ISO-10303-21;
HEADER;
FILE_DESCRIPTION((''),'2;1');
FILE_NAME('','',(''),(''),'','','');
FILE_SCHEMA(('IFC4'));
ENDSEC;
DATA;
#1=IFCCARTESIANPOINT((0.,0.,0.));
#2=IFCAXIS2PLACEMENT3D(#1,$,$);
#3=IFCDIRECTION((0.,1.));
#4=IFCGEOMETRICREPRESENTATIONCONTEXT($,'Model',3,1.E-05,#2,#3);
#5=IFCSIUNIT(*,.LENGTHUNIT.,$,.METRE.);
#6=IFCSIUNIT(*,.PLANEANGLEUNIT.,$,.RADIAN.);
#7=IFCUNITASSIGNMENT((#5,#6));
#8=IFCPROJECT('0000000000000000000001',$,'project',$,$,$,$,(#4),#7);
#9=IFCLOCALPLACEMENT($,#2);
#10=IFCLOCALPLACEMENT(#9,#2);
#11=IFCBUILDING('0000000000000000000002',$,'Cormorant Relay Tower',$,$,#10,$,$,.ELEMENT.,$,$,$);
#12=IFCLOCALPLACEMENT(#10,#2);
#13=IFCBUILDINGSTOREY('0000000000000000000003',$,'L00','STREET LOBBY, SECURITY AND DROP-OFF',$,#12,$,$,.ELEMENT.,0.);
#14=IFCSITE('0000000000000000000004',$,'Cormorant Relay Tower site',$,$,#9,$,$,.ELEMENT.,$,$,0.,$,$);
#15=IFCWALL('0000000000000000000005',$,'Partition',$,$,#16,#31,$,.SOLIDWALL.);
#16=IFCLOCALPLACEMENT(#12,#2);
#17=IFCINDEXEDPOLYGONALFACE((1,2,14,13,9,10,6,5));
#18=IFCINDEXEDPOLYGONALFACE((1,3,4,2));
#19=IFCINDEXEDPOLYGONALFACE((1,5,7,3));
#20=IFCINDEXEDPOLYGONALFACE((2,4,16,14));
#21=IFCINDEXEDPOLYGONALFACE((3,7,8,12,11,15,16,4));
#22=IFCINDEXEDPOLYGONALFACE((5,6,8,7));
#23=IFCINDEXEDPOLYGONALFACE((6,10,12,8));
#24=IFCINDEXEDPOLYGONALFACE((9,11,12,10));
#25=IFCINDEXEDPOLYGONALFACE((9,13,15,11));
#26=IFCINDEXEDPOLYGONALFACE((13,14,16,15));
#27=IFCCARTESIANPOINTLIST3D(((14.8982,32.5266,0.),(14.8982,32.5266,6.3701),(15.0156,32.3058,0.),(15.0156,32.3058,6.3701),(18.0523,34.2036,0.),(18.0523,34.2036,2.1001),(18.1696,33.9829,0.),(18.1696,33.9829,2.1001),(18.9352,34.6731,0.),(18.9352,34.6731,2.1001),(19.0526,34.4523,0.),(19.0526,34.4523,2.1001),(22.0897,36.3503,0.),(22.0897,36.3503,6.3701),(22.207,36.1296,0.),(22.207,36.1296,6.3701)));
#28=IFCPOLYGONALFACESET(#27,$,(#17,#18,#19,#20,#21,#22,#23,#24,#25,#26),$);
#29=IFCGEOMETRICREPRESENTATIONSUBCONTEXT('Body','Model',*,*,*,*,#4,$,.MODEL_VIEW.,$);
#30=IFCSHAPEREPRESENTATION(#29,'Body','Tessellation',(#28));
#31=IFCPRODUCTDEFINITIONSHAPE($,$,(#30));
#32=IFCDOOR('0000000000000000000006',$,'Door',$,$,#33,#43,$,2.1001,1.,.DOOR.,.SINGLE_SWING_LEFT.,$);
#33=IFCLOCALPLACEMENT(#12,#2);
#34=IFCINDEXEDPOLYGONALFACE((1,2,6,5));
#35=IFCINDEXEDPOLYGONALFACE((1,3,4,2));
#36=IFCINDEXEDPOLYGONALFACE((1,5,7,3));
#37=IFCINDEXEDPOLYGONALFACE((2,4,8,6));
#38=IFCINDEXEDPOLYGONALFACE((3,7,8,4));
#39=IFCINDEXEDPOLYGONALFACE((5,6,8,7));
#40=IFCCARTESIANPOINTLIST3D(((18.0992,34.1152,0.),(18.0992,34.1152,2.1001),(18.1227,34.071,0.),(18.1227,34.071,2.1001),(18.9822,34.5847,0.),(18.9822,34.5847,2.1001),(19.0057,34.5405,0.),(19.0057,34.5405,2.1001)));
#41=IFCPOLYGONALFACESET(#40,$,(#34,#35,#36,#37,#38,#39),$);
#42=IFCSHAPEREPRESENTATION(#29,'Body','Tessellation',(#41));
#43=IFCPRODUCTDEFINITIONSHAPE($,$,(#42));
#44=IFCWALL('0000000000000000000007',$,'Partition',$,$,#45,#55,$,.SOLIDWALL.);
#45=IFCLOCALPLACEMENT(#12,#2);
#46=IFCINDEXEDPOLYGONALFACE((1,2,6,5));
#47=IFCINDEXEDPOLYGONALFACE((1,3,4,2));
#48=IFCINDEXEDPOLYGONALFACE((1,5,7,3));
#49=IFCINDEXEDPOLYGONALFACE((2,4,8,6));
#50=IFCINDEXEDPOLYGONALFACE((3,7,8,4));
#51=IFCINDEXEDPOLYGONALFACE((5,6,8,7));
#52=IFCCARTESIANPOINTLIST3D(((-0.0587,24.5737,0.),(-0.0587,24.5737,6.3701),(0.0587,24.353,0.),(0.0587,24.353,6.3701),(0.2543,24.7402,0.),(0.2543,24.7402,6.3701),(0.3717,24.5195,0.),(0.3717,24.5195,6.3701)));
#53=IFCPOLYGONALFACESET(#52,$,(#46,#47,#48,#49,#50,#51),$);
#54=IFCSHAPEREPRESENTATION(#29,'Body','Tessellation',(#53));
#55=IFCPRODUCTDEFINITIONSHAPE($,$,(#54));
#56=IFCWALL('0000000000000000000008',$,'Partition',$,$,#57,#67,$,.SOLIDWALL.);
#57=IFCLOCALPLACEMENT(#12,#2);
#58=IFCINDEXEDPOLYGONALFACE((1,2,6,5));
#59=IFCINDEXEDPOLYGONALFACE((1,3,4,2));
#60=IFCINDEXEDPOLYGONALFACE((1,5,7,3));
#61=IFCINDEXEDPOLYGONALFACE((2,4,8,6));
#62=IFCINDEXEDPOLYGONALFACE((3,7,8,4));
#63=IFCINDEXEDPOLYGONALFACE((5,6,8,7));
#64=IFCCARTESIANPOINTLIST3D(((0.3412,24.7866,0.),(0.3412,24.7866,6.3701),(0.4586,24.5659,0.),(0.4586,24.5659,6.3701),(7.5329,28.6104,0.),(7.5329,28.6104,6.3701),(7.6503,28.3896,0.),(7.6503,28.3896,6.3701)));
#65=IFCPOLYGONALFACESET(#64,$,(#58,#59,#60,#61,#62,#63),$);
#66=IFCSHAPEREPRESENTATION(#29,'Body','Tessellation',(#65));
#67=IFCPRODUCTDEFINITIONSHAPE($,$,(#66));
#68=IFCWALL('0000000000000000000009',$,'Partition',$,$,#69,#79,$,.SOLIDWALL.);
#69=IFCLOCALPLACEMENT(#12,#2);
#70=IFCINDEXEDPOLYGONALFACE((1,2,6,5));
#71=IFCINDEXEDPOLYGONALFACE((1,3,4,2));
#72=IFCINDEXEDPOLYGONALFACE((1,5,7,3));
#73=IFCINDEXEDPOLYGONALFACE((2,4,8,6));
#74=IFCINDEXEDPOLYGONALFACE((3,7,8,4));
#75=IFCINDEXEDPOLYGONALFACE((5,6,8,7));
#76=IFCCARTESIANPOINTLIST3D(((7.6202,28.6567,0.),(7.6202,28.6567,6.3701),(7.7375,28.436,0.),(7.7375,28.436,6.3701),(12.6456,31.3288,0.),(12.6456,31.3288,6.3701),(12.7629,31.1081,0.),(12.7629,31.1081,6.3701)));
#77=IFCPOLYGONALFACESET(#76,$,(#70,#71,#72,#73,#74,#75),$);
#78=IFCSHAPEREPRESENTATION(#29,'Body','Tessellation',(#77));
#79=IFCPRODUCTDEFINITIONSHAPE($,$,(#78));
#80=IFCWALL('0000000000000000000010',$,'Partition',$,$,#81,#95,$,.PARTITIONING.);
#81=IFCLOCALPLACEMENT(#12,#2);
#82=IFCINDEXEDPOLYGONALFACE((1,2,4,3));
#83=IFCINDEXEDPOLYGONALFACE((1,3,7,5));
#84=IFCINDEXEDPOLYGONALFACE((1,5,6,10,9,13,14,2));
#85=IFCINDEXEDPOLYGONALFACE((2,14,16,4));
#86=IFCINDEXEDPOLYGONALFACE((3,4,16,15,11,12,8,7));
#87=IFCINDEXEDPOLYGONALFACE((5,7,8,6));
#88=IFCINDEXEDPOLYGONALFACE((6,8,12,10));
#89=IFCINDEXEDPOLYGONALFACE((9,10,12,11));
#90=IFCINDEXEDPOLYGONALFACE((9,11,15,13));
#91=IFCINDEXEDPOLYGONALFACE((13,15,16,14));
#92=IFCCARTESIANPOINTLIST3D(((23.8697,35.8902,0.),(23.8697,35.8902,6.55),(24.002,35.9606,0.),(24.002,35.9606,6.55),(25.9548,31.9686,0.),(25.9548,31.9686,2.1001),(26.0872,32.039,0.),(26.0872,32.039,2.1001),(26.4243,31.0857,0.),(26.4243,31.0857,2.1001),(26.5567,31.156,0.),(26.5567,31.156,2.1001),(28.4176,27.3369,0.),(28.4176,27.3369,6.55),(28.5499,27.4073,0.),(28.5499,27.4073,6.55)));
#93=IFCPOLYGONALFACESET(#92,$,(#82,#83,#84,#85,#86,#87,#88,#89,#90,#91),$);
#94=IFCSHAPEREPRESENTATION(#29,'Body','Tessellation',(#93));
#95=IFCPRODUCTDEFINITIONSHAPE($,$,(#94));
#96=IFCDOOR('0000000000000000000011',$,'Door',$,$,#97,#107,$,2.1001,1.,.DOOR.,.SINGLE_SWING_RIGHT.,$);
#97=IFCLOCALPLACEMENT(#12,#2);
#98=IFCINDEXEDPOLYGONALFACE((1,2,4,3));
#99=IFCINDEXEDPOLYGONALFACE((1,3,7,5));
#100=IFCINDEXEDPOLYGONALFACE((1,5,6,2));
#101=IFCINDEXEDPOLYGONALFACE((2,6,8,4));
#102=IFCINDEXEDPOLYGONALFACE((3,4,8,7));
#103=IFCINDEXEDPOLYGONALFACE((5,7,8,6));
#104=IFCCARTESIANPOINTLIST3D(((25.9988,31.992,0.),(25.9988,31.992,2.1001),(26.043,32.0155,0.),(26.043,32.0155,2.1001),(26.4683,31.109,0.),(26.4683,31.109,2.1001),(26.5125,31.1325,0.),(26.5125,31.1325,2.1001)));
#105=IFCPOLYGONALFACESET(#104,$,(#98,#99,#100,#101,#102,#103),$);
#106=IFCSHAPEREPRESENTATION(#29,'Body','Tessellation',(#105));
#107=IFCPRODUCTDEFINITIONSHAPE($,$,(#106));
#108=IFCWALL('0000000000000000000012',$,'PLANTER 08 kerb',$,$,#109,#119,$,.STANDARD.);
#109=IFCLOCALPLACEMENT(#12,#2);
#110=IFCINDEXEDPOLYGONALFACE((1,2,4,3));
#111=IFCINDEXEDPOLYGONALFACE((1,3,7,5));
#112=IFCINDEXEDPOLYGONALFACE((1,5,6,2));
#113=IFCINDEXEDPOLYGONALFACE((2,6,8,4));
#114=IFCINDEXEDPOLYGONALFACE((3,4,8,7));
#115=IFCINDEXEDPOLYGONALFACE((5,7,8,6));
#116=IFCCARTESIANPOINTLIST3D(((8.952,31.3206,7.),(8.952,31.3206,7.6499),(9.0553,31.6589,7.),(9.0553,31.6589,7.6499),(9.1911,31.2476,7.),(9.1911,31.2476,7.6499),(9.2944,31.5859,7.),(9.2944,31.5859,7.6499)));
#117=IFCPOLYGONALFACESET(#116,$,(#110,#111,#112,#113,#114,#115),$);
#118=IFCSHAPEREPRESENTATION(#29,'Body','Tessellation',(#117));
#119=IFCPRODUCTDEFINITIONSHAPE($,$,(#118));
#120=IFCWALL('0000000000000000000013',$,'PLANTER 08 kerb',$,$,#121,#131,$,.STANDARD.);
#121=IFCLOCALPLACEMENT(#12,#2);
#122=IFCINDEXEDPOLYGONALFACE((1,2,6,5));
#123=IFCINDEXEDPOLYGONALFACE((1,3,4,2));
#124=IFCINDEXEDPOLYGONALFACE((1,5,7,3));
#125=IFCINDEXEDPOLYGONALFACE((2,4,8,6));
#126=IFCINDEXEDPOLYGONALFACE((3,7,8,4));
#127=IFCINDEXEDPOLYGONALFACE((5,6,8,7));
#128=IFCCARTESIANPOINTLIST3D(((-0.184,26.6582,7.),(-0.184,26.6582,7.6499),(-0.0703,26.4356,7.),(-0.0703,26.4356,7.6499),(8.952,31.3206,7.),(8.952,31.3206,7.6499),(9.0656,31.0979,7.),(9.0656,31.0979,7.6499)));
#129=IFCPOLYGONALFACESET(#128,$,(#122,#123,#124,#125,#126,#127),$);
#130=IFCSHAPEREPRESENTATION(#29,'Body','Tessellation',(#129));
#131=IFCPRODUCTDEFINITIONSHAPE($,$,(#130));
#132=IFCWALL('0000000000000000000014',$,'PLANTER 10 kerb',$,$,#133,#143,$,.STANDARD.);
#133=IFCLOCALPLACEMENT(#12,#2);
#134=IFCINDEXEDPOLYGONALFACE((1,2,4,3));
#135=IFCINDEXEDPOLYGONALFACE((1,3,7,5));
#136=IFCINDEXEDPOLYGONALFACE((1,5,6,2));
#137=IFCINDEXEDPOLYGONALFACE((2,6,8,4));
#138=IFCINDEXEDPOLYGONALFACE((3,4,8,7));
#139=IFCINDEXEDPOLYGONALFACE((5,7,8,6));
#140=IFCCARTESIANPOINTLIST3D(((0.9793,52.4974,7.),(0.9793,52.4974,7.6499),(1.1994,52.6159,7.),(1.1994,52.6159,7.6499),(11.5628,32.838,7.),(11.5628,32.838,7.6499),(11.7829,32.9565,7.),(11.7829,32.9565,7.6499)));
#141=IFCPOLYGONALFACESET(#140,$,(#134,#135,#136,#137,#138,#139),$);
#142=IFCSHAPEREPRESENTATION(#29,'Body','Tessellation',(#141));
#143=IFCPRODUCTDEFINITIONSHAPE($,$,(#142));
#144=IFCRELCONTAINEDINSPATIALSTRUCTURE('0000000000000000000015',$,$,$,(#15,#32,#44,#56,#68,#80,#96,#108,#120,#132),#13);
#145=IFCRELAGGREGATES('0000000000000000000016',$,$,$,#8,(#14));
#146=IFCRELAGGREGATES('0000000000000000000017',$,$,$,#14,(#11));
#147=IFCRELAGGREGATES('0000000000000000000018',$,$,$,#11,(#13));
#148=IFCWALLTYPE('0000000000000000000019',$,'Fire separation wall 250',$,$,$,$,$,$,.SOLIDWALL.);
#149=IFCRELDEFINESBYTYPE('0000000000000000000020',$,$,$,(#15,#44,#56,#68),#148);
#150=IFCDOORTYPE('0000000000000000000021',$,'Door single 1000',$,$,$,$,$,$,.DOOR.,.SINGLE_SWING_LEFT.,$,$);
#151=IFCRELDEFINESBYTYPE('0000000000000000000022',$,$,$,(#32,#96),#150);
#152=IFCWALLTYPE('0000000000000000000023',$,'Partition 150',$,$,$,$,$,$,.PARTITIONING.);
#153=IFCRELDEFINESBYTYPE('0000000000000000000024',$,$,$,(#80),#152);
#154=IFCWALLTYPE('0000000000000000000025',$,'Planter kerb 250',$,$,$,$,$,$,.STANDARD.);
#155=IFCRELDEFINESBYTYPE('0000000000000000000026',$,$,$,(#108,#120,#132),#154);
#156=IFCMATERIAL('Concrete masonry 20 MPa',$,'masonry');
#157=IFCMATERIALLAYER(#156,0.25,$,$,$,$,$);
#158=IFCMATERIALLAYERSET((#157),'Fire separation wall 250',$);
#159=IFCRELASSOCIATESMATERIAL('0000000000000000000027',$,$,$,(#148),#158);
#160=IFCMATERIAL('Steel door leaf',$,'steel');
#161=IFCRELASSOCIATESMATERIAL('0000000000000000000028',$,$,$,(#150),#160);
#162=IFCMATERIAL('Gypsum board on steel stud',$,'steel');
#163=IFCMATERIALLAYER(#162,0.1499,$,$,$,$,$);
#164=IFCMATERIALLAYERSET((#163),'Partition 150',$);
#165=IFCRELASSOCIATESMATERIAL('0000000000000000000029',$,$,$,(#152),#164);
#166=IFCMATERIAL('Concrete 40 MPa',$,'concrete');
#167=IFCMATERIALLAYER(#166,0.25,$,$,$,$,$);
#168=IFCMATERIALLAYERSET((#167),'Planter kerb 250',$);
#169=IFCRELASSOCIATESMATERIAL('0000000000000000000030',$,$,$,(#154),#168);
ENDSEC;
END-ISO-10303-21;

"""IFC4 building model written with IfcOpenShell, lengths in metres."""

from ifc_helpers import new_model, si_unit, direction, frame, frame_2d, origin, place, context, subcontext, project, spatial, rectangle, extrude, material, layer, layer_set, type_object, element, fill, save


model = new_model("IFC4")

# Units and contexts
model_context = context("Model", 3, precision=1e-05, world=origin(), true_north=direction((0.0, 1.0)))
body_context = subcontext(model_context, "Body", "Model", "MODEL_VIEW")
ifc_project = project(units=[si_unit("LENGTHUNIT", "METRE"), si_unit("PLANEANGLEUNIT", "RADIAN")], contexts=[model_context])

# Site, building, storey
site_placement = place(None, origin())
site = spatial("IfcSite", under=ifc_project, at=site_placement, Name="Cormorant Relay Tower site", CompositionType="ELEMENT", RefElevation=0.0)
building_placement = place(site_placement, origin())
building = spatial("IfcBuilding", under=site, at=building_placement, Name="Cormorant Relay Tower", CompositionType="ELEMENT")
storey_placement = place(building_placement, origin())
storey = spatial("IfcBuildingStorey", under=building, at=storey_placement, Name="L00", Description="STREET LOBBY, SECURITY AND DROP-OFF", CompositionType="ELEMENT", Elevation=0.0)

# Shared definitions
ifc_material_1 = material(Name="Concrete masonry 20 MPa", Category="masonry")
ifc_layer_1 = layer(ifc_material_1, 0.25)
ifc_layer_set_1 = layer_set([ifc_layer_1], Name="Fire separation wall 250")
wall_type_1 = type_object("IfcWallType", Name="Fire separation wall 250", PredefinedType="SOLIDWALL", material=ifc_layer_set_1)

# Wall, opening, door
wall_1_placement = place(storey_placement, frame((14.957, 32.4163, 0.0), z_axis=(0.0, 0.0, 1.0), x_axis=(0.882948, 0.469471, 0.0)))
wall_1 = element("IfcWall", 1, at=wall_1_placement, inside=storey, type_object=wall_type_1, Name="Partition", PredefinedType="SOLIDWALL", context=body_context, shape_type="SweptSolid", body=[
    extrude(rectangle(XDim=8.1448, YDim=0.25, at=frame_2d((4.0723, 0.0))), origin(), (0.0, 0.0, 1.0), 6.3701),
])
opening_1_placement = place(wall_1_placement, frame((3.572, 0.0, 0.0)))
opening_1 = element("IfcOpeningElement", 2, at=opening_1_placement, cuts=wall_1, PredefinedType="OPENING", context=body_context, shape_type="SweptSolid", body=[
    extrude(rectangle(XDim=1.0, YDim=2.1001, at=frame_2d((0.5, 1.05))), frame((0.0, 0.135, 0.0), z_axis=(0.0, -1.0, 0.0), x_axis=(1.0, 0.0, 0.0)), (0.0, 0.0, 1.0), 0.27),
])
ifc_material_2 = material(Name="Steel door leaf", Category="steel")
door_type = type_object("IfcDoorType", Name="Door single 1000", OperationType="SINGLE_SWING_LEFT", PredefinedType="DOOR", material=ifc_material_2)
door_1_placement = place(opening_1_placement, origin())
door_1 = element("IfcDoor", 3, at=door_1_placement, inside=storey, type_object=door_type, Name="Door", OperationType="SINGLE_SWING_LEFT", OverallHeight=2.1001, OverallWidth=1.0, PredefinedType="DOOR", context=body_context, shape_type="SweptSolid", body=[
    extrude(rectangle(XDim=1.0, YDim=2.1001, at=frame_2d((0.5, 1.05))), frame((0.0, 0.0249, 0.0), z_axis=(0.0, -1.0, 0.0), x_axis=(1.0, 0.0, 0.0)), (0.0, 0.0, 1.0), 0.05),
])
fill(opening_1, door_1)

# Walls
wall_2_placement = place(storey_placement, frame((0.0, 24.4634, 0.0), z_axis=(0.0, 0.0, 1.0), x_axis=(0.882848, 0.469659, 0.0)))
element("IfcWall", 4, at=wall_2_placement, inside=storey, type_object=wall_type_1, Name="Partition", PredefinedType="SOLIDWALL", context=body_context, shape_type="SweptSolid", body=[
    extrude(rectangle(XDim=0.3545, YDim=0.25, at=frame_2d((0.1772, 0.0))), origin(), (0.0, 0.0, 1.0), 6.3701),
])
wall_3_placement = place(storey_placement, frame((0.3999, 24.6763, 0.0), z_axis=(0.0, 0.0, 1.0), x_axis=(0.882955, 0.469458, 0.0)))
element("IfcWall", 5, at=wall_3_placement, inside=storey, type_object=wall_type_1, Name="Partition", PredefinedType="SOLIDWALL", context=body_context, shape_type="SweptSolid", body=[
    extrude(rectangle(XDim=8.145, YDim=0.25, at=frame_2d((4.0725, 0.0))), origin(), (0.0, 0.0, 1.0), 6.3701),
])
wall_4_placement = place(storey_placement, frame((7.679, 28.5464, 0.0), z_axis=(0.0, 0.0, 1.0), x_axis=(0.882942, 0.469481, 0.0)))
element("IfcWall", 6, at=wall_4_placement, inside=storey, type_object=wall_type_1, Name="Partition", PredefinedType="SOLIDWALL", context=body_context, shape_type="SweptSolid", body=[
    extrude(rectangle(XDim=5.6917, YDim=0.25, at=frame_2d((2.8457, 0.0))), origin(), (0.0, 0.0, 1.0), 6.3701),
])

# Wall, opening, door
ifc_material_3 = material(Name="Gypsum board on steel stud", Category="steel")
ifc_layer_2 = layer(ifc_material_3, 0.1499)
ifc_layer_set_2 = layer_set([ifc_layer_2], Name="Partition 150")
wall_type_2 = type_object("IfcWallType", Name="Partition 150", PredefinedType="PARTITIONING", material=ifc_layer_set_2)
wall_5_placement = place(storey_placement, frame((23.9358, 35.9255, 0.0), z_axis=(0.0, 0.0, 1.0), x_axis=(0.469473, -0.882947, 0.0)))
wall_5 = element("IfcWall", 7, at=wall_5_placement, inside=storey, type_object=wall_type_2, Name="Partition", PredefinedType="PARTITIONING", context=body_context, shape_type="SweptSolid", body=[
    extrude(rectangle(XDim=9.6873, YDim=0.1499, at=frame_2d((4.8438, 0.0))), origin(), (0.0, 0.0, 1.0), 6.55),
])
opening_2_placement = place(wall_5_placement, frame((4.4417, 0.0, 0.0)))
opening_2 = element("IfcOpeningElement", 8, at=opening_2_placement, cuts=wall_5, PredefinedType="OPENING", context=body_context, shape_type="SweptSolid", body=[
    extrude(rectangle(XDim=1.0, YDim=2.1001, at=frame_2d((0.5, 1.05))), frame((0.0, 0.085, 0.0), z_axis=(0.0, -1.0, 0.0), x_axis=(1.0, 0.0, 0.0)), (0.0, 0.0, 1.0), 0.1699),
])
door_2_placement = place(opening_2_placement, origin())
door_2 = element("IfcDoor", 9, at=door_2_placement, inside=storey, type_object=door_type, Name="Door", OperationType="SINGLE_SWING_RIGHT", OverallHeight=2.1001, OverallWidth=1.0, PredefinedType="DOOR", context=body_context, shape_type="SweptSolid", body=[
    extrude(rectangle(XDim=1.0, YDim=2.1001, at=frame_2d((0.5, 1.05))), frame((0.0, 0.0249, 0.0), z_axis=(0.0, -1.0, 0.0), x_axis=(1.0, 0.0, 0.0)), (0.0, 0.0, 1.0), 0.05),
])
fill(opening_2, door_2)

# Walls
ifc_material_4 = material(Name="Concrete 40 MPa", Category="concrete")
ifc_layer_3 = layer(ifc_material_4, 0.25)
ifc_layer_set_3 = layer_set([ifc_layer_3], Name="Planter kerb 250")
wall_type_3 = type_object("IfcWallType", Name="Planter kerb 250", PredefinedType="STANDARD", material=ifc_layer_set_3)
wall_6_placement = place(storey_placement, frame((9.1748, 31.6223, 7.0), z_axis=(0.0, 0.0, 1.0), x_axis=(-0.291903, -0.956448, 0.0)))
element("IfcWall", 10, at=wall_6_placement, inside=storey, type_object=wall_type_3, Name="PLANTER 08 kerb", PredefinedType="STANDARD", context=body_context, shape_type="SweptSolid", body=[
    extrude(rectangle(XDim=0.3538, YDim=0.25, at=frame_2d((0.1768, 0.0))), origin(), (0.0, 0.0, 1.0), 0.6499),
])
wall_7_placement = place(storey_placement, frame((9.0088, 31.2092, 7.0), z_axis=(0.0, 0.0, 1.0), x_axis=(-0.890717, -0.454558, 0.0)))
element("IfcWall", 11, at=wall_7_placement, inside=storey, type_object=wall_type_3, Name="PLANTER 08 kerb", PredefinedType="STANDARD", context=body_context, shape_type="SweptSolid", body=[
    extrude(rectangle(XDim=10.2568, YDim=0.25, at=frame_2d((5.1284, 0.0))), origin(), (0.0, 0.0, 1.0), 0.6499),
])
wall_8_placement = place(storey_placement, frame((11.6729, 32.8972, 7.0), z_axis=(0.0, 0.0, 1.0), x_axis=(-0.474018, 0.880515, 0.0)))
element("IfcWall", 12, at=wall_8_placement, inside=storey, type_object=wall_type_3, Name="PLANTER 10 kerb", PredefinedType="STANDARD", context=body_context, shape_type="SweptSolid", body=[
    extrude(rectangle(XDim=22.3271, YDim=0.25, at=frame_2d((11.1636, 0.0))), origin(), (0.0, 0.0, 1.0), 0.6499),
])

save(model, "model.ifc")
